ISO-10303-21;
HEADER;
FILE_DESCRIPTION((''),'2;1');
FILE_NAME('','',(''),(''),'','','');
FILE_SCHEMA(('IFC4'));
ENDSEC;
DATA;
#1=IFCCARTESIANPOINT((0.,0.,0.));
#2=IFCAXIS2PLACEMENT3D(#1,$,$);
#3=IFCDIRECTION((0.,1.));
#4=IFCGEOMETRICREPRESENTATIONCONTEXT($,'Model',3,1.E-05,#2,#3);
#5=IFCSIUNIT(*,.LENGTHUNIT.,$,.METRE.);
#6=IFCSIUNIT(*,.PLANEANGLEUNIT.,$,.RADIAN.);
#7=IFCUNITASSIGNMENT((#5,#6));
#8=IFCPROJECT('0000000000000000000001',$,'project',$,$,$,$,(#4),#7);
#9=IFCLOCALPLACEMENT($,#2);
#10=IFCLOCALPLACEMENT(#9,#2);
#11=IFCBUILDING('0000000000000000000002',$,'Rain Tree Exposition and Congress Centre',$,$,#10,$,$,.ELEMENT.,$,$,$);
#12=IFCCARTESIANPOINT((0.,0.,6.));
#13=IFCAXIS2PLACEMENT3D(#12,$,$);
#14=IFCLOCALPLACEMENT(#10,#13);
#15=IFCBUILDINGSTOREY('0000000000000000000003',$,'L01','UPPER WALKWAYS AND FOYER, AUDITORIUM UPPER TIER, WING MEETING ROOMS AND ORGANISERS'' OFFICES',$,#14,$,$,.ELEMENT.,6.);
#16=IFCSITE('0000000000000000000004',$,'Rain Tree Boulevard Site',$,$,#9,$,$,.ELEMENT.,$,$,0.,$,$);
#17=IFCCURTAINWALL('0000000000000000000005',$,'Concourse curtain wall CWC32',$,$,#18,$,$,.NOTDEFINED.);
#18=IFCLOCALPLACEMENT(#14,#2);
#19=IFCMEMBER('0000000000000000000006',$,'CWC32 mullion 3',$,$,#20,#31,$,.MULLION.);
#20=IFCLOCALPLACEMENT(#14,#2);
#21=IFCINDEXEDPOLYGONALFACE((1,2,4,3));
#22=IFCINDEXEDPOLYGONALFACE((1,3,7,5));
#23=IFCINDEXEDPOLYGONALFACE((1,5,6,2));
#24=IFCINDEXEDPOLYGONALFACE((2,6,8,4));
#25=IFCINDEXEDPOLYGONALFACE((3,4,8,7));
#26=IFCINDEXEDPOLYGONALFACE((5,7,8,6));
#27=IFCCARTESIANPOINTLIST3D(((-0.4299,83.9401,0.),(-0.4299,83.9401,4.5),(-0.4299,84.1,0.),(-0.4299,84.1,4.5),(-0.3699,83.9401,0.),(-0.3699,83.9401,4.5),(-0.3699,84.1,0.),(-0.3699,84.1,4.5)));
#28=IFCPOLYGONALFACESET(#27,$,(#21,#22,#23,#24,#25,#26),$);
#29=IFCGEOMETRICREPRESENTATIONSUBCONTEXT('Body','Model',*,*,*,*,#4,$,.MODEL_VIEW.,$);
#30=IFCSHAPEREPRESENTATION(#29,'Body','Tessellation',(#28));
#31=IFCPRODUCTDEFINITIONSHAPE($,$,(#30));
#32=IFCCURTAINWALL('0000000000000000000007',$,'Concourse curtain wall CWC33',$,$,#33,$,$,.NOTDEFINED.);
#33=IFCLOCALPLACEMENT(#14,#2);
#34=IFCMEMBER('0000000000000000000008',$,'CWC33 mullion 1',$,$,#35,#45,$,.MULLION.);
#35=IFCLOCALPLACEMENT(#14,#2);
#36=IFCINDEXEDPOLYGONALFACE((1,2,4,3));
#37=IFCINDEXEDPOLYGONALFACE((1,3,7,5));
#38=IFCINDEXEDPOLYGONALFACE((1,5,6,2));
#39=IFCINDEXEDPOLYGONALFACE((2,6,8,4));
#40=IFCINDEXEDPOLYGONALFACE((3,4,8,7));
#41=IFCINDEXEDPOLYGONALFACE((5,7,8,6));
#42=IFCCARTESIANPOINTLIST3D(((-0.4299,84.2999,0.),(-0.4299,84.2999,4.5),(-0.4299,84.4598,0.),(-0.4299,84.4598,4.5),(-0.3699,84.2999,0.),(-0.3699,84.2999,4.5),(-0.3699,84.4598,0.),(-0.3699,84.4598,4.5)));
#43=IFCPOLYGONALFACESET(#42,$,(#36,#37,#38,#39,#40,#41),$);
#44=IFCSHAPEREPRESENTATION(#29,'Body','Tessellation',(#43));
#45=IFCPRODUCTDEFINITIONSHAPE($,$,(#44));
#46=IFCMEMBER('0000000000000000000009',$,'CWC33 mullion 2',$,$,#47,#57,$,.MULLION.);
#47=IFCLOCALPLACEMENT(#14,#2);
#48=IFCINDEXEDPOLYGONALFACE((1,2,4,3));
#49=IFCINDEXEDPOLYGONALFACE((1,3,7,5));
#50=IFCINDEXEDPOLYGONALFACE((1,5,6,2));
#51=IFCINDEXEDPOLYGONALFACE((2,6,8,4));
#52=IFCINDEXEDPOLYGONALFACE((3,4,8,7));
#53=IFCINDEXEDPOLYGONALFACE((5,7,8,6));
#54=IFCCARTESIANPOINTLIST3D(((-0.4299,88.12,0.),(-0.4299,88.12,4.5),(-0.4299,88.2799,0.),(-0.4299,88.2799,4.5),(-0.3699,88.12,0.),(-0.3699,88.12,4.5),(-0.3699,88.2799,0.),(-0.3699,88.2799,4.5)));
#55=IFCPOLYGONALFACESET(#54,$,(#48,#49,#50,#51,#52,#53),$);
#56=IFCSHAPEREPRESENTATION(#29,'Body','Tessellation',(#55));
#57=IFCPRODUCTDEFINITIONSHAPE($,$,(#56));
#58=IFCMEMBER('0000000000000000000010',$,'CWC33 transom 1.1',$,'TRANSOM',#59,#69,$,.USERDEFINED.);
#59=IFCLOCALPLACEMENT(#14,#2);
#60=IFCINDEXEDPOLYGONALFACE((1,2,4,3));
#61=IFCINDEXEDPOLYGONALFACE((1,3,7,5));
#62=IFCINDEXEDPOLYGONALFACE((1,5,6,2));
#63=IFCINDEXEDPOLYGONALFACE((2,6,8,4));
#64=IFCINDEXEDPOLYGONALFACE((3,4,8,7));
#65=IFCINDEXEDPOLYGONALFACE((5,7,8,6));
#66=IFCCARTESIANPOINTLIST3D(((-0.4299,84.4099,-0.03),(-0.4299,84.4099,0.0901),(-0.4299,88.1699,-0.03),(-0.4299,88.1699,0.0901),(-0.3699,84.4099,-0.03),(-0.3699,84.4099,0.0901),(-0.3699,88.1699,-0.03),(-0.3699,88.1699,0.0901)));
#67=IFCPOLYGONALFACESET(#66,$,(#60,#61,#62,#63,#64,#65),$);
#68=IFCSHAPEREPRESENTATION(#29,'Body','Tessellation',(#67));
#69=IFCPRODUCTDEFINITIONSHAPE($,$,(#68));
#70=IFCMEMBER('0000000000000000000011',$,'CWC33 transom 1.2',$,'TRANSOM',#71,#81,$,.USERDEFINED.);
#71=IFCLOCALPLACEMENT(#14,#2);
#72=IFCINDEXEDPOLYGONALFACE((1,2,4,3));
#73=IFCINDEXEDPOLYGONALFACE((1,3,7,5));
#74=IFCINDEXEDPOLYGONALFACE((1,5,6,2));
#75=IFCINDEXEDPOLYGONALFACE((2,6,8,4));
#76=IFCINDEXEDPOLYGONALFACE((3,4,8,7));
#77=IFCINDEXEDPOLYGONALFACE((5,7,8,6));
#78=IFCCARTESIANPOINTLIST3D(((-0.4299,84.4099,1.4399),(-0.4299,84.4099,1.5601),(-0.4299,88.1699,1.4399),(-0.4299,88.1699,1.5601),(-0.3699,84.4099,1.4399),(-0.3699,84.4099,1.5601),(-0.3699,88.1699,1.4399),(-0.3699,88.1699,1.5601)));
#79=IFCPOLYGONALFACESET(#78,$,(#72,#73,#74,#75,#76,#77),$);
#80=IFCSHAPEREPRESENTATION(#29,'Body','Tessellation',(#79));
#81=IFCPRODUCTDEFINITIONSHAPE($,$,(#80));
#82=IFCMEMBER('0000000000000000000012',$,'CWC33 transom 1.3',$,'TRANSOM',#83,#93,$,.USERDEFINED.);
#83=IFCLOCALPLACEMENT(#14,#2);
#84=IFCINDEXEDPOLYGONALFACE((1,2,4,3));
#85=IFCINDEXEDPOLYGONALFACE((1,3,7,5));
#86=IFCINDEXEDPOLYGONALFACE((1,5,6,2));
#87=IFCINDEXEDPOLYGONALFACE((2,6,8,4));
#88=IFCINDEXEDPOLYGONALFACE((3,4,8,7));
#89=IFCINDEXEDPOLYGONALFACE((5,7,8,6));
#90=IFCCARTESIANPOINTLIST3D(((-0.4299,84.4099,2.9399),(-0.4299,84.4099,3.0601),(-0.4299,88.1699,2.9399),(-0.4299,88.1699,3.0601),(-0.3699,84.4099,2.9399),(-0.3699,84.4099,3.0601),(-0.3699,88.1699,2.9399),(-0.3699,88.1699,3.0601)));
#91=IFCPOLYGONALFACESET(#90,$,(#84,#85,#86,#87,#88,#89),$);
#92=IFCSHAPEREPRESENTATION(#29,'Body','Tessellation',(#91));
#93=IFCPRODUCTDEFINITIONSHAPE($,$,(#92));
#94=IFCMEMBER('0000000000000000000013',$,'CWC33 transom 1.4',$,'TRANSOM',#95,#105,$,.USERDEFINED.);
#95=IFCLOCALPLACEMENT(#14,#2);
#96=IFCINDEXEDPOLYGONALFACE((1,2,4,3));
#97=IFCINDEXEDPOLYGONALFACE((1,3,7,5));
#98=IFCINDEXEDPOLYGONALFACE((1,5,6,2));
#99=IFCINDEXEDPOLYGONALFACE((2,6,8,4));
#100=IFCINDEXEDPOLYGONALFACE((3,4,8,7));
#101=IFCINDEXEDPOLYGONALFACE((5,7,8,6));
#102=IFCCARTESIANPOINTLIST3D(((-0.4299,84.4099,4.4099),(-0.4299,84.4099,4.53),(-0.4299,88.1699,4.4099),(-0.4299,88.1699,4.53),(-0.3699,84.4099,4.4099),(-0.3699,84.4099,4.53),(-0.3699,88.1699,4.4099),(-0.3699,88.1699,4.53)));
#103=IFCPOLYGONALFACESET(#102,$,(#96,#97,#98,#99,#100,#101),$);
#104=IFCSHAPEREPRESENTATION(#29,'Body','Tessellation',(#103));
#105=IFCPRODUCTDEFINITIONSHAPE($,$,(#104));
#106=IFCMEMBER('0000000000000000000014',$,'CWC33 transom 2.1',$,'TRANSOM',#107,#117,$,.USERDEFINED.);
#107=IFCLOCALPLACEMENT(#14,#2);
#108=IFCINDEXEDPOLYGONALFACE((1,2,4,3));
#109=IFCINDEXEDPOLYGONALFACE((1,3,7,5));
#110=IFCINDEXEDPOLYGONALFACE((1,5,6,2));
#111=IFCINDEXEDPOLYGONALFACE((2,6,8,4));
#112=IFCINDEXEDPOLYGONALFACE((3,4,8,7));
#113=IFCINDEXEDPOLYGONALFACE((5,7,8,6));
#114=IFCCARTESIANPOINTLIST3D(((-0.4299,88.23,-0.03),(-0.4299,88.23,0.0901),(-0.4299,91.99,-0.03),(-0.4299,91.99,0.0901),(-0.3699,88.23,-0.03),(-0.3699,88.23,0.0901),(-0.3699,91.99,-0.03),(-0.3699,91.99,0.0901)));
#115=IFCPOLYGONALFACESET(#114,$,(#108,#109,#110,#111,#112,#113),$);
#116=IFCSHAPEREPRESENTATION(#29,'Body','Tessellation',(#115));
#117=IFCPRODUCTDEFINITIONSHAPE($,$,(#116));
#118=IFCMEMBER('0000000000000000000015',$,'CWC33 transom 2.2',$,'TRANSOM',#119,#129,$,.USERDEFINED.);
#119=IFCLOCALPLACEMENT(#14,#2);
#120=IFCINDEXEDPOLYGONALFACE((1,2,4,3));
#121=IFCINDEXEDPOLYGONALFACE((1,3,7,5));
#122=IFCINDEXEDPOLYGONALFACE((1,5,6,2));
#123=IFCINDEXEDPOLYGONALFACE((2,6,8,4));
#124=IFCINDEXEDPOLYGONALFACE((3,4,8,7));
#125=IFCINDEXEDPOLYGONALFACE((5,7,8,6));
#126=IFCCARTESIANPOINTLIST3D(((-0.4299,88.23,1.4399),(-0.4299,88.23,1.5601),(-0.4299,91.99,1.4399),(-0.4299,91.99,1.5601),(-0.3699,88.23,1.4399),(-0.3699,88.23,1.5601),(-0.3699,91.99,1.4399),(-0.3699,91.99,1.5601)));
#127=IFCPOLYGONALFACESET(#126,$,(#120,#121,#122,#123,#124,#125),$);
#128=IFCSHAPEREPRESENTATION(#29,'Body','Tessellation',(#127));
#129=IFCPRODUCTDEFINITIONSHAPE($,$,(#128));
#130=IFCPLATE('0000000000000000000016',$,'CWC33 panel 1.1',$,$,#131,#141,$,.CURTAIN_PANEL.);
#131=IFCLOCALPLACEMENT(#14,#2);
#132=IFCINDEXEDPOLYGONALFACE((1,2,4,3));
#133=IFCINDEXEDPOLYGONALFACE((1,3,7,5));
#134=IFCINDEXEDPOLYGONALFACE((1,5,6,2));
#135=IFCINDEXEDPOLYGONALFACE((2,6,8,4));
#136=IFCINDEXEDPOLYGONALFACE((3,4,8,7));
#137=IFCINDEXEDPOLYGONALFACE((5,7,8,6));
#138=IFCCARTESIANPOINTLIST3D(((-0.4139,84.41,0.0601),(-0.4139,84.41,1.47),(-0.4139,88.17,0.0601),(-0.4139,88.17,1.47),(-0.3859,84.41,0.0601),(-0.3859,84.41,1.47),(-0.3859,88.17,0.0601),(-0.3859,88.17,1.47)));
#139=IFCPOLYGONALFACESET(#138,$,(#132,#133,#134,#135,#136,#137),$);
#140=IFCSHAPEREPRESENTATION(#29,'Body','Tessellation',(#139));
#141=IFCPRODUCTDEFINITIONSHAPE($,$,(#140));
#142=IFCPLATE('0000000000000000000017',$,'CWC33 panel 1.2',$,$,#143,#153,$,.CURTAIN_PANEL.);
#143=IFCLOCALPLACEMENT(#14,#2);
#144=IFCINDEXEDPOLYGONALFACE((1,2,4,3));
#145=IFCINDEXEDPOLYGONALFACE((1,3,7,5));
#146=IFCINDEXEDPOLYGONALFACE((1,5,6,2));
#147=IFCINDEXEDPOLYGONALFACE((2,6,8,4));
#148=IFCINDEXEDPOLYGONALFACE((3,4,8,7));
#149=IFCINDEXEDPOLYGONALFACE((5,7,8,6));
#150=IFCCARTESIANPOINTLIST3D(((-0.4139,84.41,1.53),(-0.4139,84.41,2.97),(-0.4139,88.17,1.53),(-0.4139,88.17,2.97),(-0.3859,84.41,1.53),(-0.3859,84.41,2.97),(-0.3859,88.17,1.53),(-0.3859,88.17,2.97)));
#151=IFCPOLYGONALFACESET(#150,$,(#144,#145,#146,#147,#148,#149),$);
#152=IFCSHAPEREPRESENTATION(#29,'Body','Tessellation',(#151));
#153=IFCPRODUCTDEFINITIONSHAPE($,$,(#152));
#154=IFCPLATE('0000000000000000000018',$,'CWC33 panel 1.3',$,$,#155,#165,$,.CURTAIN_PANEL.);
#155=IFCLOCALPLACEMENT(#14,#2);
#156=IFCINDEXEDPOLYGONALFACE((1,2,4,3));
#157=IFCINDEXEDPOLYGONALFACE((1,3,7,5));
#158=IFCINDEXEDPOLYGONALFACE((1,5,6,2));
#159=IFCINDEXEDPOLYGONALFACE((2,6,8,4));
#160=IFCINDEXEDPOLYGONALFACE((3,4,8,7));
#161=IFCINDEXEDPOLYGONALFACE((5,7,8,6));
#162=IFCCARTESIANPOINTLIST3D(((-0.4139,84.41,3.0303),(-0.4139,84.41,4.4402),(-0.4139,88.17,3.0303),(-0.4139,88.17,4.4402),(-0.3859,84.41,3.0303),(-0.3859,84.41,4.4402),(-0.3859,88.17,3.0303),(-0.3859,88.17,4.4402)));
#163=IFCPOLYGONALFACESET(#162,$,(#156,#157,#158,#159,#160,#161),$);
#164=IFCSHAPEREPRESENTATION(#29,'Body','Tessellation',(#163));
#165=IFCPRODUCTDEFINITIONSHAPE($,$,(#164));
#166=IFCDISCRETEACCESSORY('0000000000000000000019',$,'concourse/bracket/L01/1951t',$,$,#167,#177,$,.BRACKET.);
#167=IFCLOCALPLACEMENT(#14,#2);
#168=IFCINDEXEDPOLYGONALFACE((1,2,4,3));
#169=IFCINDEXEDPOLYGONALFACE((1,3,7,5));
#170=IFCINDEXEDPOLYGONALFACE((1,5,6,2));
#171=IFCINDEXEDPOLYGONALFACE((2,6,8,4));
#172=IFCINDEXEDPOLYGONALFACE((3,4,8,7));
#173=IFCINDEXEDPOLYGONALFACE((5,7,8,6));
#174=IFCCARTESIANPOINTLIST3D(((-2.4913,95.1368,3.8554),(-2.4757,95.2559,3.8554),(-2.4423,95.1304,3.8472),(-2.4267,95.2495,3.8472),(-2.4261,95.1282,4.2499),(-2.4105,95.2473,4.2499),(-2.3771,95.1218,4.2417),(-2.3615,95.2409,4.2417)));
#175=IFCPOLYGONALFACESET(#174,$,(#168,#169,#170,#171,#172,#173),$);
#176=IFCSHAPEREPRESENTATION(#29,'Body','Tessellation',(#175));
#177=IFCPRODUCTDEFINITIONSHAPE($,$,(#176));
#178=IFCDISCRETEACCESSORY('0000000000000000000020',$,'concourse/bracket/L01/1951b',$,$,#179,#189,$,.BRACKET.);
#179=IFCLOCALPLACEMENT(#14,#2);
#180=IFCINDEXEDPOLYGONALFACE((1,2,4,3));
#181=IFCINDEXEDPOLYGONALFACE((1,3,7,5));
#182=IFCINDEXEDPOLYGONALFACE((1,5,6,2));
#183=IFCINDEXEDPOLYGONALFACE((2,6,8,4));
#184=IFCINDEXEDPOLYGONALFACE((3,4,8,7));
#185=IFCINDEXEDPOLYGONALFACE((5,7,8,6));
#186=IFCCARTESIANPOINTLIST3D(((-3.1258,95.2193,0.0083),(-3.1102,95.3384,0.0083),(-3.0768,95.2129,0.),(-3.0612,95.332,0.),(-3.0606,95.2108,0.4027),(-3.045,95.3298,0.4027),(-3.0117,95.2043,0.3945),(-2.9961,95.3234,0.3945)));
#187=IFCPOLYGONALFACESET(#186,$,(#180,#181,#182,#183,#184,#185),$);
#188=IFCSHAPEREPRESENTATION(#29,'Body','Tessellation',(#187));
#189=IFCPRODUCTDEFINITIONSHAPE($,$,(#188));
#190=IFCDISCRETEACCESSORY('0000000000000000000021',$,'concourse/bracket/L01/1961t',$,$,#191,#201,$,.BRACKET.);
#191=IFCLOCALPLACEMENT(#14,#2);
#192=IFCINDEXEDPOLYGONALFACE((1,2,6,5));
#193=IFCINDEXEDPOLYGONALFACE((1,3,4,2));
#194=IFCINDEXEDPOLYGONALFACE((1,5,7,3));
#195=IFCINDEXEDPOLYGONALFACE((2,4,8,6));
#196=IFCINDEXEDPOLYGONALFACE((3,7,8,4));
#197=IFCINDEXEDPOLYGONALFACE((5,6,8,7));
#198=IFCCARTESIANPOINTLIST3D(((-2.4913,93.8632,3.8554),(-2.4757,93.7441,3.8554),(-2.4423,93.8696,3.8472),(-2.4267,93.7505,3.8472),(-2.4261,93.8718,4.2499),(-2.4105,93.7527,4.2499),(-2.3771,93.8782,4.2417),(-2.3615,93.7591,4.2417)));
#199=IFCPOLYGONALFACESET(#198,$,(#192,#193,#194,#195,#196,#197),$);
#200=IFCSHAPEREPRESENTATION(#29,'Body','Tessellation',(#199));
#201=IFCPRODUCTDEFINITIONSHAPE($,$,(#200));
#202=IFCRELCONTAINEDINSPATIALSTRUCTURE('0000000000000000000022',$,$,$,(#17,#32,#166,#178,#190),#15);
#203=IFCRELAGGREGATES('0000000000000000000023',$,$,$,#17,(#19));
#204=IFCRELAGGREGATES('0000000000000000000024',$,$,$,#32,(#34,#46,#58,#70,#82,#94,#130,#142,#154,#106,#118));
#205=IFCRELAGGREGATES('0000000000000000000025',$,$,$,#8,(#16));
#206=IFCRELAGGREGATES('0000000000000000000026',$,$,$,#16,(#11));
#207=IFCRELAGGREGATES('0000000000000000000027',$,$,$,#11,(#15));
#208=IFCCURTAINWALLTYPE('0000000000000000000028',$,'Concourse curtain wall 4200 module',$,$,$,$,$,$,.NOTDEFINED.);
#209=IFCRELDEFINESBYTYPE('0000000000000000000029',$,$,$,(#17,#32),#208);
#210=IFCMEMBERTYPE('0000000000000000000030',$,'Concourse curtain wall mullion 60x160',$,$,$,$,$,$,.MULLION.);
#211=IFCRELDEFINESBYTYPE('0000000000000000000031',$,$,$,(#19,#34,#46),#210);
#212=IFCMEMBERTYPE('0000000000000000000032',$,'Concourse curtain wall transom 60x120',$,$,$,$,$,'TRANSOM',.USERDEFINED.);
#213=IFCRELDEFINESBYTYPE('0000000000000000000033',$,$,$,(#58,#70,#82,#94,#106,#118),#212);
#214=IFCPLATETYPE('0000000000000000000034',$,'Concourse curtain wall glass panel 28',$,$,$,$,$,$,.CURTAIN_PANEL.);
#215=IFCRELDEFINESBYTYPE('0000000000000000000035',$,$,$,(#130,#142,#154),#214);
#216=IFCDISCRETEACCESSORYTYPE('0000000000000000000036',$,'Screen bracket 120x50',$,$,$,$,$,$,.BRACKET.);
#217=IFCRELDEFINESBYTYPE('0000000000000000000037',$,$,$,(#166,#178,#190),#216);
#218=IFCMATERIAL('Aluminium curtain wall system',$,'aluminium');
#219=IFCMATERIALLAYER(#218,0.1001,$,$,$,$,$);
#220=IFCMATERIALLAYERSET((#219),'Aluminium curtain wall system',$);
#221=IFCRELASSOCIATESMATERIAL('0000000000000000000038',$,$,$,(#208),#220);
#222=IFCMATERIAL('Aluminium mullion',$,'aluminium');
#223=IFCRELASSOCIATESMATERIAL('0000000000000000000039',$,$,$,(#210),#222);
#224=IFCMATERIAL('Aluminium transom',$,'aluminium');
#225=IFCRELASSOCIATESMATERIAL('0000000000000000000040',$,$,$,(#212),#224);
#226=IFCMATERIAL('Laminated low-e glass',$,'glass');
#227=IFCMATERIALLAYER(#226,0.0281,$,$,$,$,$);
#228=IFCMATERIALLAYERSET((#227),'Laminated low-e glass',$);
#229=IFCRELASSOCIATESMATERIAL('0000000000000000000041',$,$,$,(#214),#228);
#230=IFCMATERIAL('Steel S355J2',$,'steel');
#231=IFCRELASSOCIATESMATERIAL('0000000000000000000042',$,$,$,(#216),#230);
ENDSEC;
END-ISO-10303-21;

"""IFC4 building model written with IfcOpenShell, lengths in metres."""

from ifc_helpers import new_model, si_unit, direction, frame, origin, origin_2d, place, context, subcontext, project, spatial, rectangle, extrude, material, layer, layer_set, material_profile, profile_set, type_object, element, aggregate, save


model = new_model("IFC4")

# Units and contexts
model_context = context("Model", 3, precision=1e-05, world=origin(), true_north=direction((0.0, 1.0)))
body_context = subcontext(model_context, "Body", "Model", "MODEL_VIEW")
ifc_project = project(units=[si_unit("LENGTHUNIT", "METRE"), si_unit("PLANEANGLEUNIT", "RADIAN")], contexts=[model_context])

# Site, building, storey
site_placement = place(None, origin())
site = spatial("IfcSite", under=ifc_project, at=site_placement, Name="Rain Tree Boulevard Site", CompositionType="ELEMENT", RefElevation=0.0)
building_placement = place(site_placement, origin())
building = spatial("IfcBuilding", under=site, at=building_placement, Name="Rain Tree Exposition and Congress Centre", CompositionType="ELEMENT")
storey_placement = place(building_placement, frame((0.0, 0.0, 6.0)))
storey = spatial("IfcBuildingStorey", under=building, at=storey_placement, Name="L01", Description="UPPER WALKWAYS AND FOYER, AUDITORIUM UPPER TIER, WING MEETING ROOMS AND ORGANISERS' OFFICES", CompositionType="ELEMENT", Elevation=6.0)

# Curtain wall, member
ifc_material_1 = material(Name="Aluminium curtain wall system", Category="aluminium")
ifc_layer_1 = layer(ifc_material_1, 0.1001)
ifc_layer_set_1 = layer_set([ifc_layer_1], Name="Aluminium curtain wall system")
curtain_wall_type = type_object("IfcCurtainWallType", Name="Concourse curtain wall 4200 module", PredefinedType="NOTDEFINED", material=ifc_layer_set_1)
curtain_wall_1_placement = place(storey_placement, origin())
curtain_wall_1 = element("IfcCurtainWall", 1, at=curtain_wall_1_placement, inside=storey, type_object=curtain_wall_type, Name="Concourse curtain wall CWC32", PredefinedType="NOTDEFINED")
ifc_material_2 = material(Name="Aluminium mullion", Category="aluminium")
ifc_material_profile_1 = material_profile(ifc_material_2, rectangle(XDim=0.0601, YDim=0.1599, at=origin_2d()), Name="AL 60x160")
ifc_profile_set_1 = profile_set([ifc_material_profile_1], Name="Aluminium mullion")
member_type_1 = type_object("IfcMemberType", Name="Concourse curtain wall mullion 60x160", PredefinedType="MULLION", material=ifc_profile_set_1)
member_1_placement = place(storey_placement, frame((-0.3999, 84.02, 0.0), z_axis=(0.0, 0.0, 1.0), x_axis=(-1.0, 0.0, 0.0)))
member_1 = element("IfcMember", 2, at=member_1_placement, type_object=member_type_1, Name="CWC32 mullion 3", PredefinedType="MULLION", context=body_context, shape_type="SweptSolid", body=[
    extrude(rectangle(XDim=0.0601, YDim=0.1599, at=origin_2d()), origin(), (0.0, 0.0, 1.0), 4.5),
])
aggregate(curtain_wall_1, [member_1])

# Curtain wall, members, plates
curtain_wall_2_placement = place(storey_placement, origin())
curtain_wall_2 = element("IfcCurtainWall", 3, at=curtain_wall_2_placement, inside=storey, type_object=curtain_wall_type, Name="Concourse curtain wall CWC33", PredefinedType="NOTDEFINED")
member_2_placement = place(storey_placement, frame((-0.3999, 84.3799, 0.0), z_axis=(0.0, 0.0, 1.0), x_axis=(-1.0, 0.0, 0.0)))
member_2 = element("IfcMember", 4, at=member_2_placement, type_object=member_type_1, Name="CWC33 mullion 1", PredefinedType="MULLION", context=body_context, shape_type="SweptSolid", body=[
    extrude(rectangle(XDim=0.0601, YDim=0.1599, at=origin_2d()), origin(), (0.0, 0.0, 1.0), 4.5),
])
member_3_placement = place(storey_placement, frame((-0.3999, 88.2, 0.0), z_axis=(0.0, 0.0, 1.0), x_axis=(-1.0, 0.0, 0.0)))
member_3 = element("IfcMember", 5, at=member_3_placement, type_object=member_type_1, Name="CWC33 mullion 2", PredefinedType="MULLION", context=body_context, shape_type="SweptSolid", body=[
    extrude(rectangle(XDim=0.0601, YDim=0.1599, at=origin_2d()), origin(), (0.0, 0.0, 1.0), 4.5),
])
ifc_material_3 = material(Name="Aluminium transom", Category="aluminium")
ifc_material_profile_2 = material_profile(ifc_material_3, rectangle(XDim=0.0601, YDim=0.1201, at=origin_2d()), Name="AL 60x120")
ifc_profile_set_2 = profile_set([ifc_material_profile_2], Name="Aluminium transom")
member_type_2 = type_object("IfcMemberType", Name="Concourse curtain wall transom 60x120", ElementType="TRANSOM", PredefinedType="USERDEFINED", material=ifc_profile_set_2)
member_4_placement = place(storey_placement, frame((-0.3999, 84.4099, 0.03), z_axis=(0.0, 1.0, 0.0), x_axis=(-1.0, 0.0, 0.0)))
member_4 = element("IfcMember", 6, at=member_4_placement, type_object=member_type_2, Name="CWC33 transom 1.1", ObjectType="TRANSOM", PredefinedType="USERDEFINED", context=body_context, shape_type="SweptSolid", body=[
    extrude(rectangle(XDim=0.0601, YDim=0.1201, at=origin_2d()), origin(), (0.0, 0.0, 1.0), 3.76),
])
member_5_placement = place(storey_placement, frame((-0.3999, 84.4099, 1.5), z_axis=(0.0, 1.0, 0.0), x_axis=(-1.0, 0.0, 0.0)))
member_5 = element("IfcMember", 7, at=member_5_placement, type_object=member_type_2, Name="CWC33 transom 1.2", ObjectType="TRANSOM", PredefinedType="USERDEFINED", context=body_context, shape_type="SweptSolid", body=[
    extrude(rectangle(XDim=0.0601, YDim=0.1201, at=origin_2d()), origin(), (0.0, 0.0, 1.0), 3.76),
])
member_6_placement = place(storey_placement, frame((-0.3999, 84.4099, 3.0), z_axis=(0.0, 1.0, 0.0), x_axis=(-1.0, 0.0, 0.0)))
member_6 = element("IfcMember", 8, at=member_6_placement, type_object=member_type_2, Name="CWC33 transom 1.3", ObjectType="TRANSOM", PredefinedType="USERDEFINED", context=body_context, shape_type="SweptSolid", body=[
    extrude(rectangle(XDim=0.0601, YDim=0.1201, at=origin_2d()), origin(), (0.0, 0.0, 1.0), 3.76),
])
member_7_placement = place(storey_placement, frame((-0.3999, 84.4099, 4.47), z_axis=(0.0, 1.0, 0.0), x_axis=(-1.0, 0.0, 0.0)))
member_7 = element("IfcMember", 9, at=member_7_placement, type_object=member_type_2, Name="CWC33 transom 1.4", ObjectType="TRANSOM", PredefinedType="USERDEFINED", context=body_context, shape_type="SweptSolid", body=[
    extrude(rectangle(XDim=0.0601, YDim=0.1201, at=origin_2d()), origin(), (0.0, 0.0, 1.0), 3.76),
])
member_8_placement = place(storey_placement, frame((-0.3999, 88.23, 0.03), z_axis=(0.0, 1.0, 0.0), x_axis=(-1.0, 0.0, 0.0)))
member_8 = element("IfcMember", 10, at=member_8_placement, type_object=member_type_2, Name="CWC33 transom 2.1", ObjectType="TRANSOM", PredefinedType="USERDEFINED", context=body_context, shape_type="SweptSolid", body=[
    extrude(rectangle(XDim=0.0601, YDim=0.1201, at=origin_2d()), origin(), (0.0, 0.0, 1.0), 3.76),
])
member_9_placement = place(storey_placement, frame((-0.3999, 88.23, 1.5), z_axis=(0.0, 1.0, 0.0), x_axis=(-1.0, 0.0, 0.0)))
member_9 = element("IfcMember", 11, at=member_9_placement, type_object=member_type_2, Name="CWC33 transom 2.2", ObjectType="TRANSOM", PredefinedType="USERDEFINED", context=body_context, shape_type="SweptSolid", body=[
    extrude(rectangle(XDim=0.0601, YDim=0.1201, at=origin_2d()), origin(), (0.0, 0.0, 1.0), 3.76),
])
ifc_material_4 = material(Name="Laminated low-e glass", Category="glass")
ifc_layer_2 = layer(ifc_material_4, 0.0281)
ifc_layer_set_2 = layer_set([ifc_layer_2], Name="Laminated low-e glass")
plate_type = type_object("IfcPlateType", Name="Concourse curtain wall glass panel 28", PredefinedType="CURTAIN_PANEL", material=ifc_layer_set_2)
plate_1_placement = place(storey_placement, frame((-0.3999, 86.29, 0.0601), z_axis=(0.0, 0.0, 1.0), x_axis=(0.0, 1.0, 0.0)))
plate_1 = element("IfcPlate", 12, at=plate_1_placement, type_object=plate_type, Name="CWC33 panel 1.1", PredefinedType="CURTAIN_PANEL", context=body_context, shape_type="SweptSolid", body=[
    extrude(rectangle(XDim=3.76, YDim=0.0281, at=origin_2d()), origin(), (0.0, 0.0, 1.0), 1.4099),
])
plate_2_placement = place(storey_placement, frame((-0.3999, 86.29, 1.53), z_axis=(0.0, 0.0, 1.0), x_axis=(0.0, 1.0, 0.0)))
plate_2 = element("IfcPlate", 13, at=plate_2_placement, type_object=plate_type, Name="CWC33 panel 1.2", PredefinedType="CURTAIN_PANEL", context=body_context, shape_type="SweptSolid", body=[
    extrude(rectangle(XDim=3.76, YDim=0.0281, at=origin_2d()), origin(), (0.0, 0.0, 1.0), 1.4399),
])
plate_3_placement = place(storey_placement, frame((-0.3999, 86.29, 3.0303), z_axis=(0.0, 0.0, 1.0), x_axis=(0.0, 1.0, 0.0)))
plate_3 = element("IfcPlate", 14, at=plate_3_placement, type_object=plate_type, Name="CWC33 panel 1.3", PredefinedType="CURTAIN_PANEL", context=body_context, shape_type="SweptSolid", body=[
    extrude(rectangle(XDim=3.76, YDim=0.0281, at=origin_2d()), origin(), (0.0, 0.0, 1.0), 1.4099),
])
aggregate(curtain_wall_2, [member_2, member_3, member_4, member_5, member_6, member_7, plate_1, plate_2, plate_3, member_8, member_9])

# Discrete accessories
ifc_material_5 = material(Name="Steel S355J2", Category="steel")
ifc_material_profile_3 = material_profile(ifc_material_5, rectangle(XDim=0.1201, YDim=0.05, at=origin_2d()), Name="Flat bar 120x50")
ifc_profile_set_3 = profile_set([ifc_material_profile_3], Name="Steel S355J2")
discrete_accessory_type = type_object("IfcDiscreteAccessoryType", Name="Screen bracket 120x50", PredefinedType="BRACKET", material=ifc_profile_set_3)
for number, where, z_axis, x_axis, name in (
    (15, (-2.459, 95.1931, 3.8513), (0.162976, -0.021364, 0.986399), (0.129974, 0.991517, 0.0), "concourse/bracket/L01/1951t"),
    (16, (-3.0935, 95.2756, 0.0042), (0.162976, -0.021364, 0.986399), (0.129974, 0.991517, 0.0), "concourse/bracket/L01/1951b"),
    (17, (-2.459, 93.8069, 3.8513), (0.162976, 0.021364, 0.986399), (-0.129974, 0.991517, 0.0), "concourse/bracket/L01/1961t"),
):
    element("IfcDiscreteAccessory", number, at=place(storey_placement, frame(where, z_axis=z_axis, x_axis=x_axis)), inside=storey, type_object=discrete_accessory_type, Name=name, PredefinedType="BRACKET", context=body_context, shape_type="SweptSolid", body=[
        extrude(rectangle(XDim=0.1201, YDim=0.05, at=origin_2d()), origin(), (0.0, 0.0, 1.0), 0.3999),
    ])

save(model, "model.ifc")
